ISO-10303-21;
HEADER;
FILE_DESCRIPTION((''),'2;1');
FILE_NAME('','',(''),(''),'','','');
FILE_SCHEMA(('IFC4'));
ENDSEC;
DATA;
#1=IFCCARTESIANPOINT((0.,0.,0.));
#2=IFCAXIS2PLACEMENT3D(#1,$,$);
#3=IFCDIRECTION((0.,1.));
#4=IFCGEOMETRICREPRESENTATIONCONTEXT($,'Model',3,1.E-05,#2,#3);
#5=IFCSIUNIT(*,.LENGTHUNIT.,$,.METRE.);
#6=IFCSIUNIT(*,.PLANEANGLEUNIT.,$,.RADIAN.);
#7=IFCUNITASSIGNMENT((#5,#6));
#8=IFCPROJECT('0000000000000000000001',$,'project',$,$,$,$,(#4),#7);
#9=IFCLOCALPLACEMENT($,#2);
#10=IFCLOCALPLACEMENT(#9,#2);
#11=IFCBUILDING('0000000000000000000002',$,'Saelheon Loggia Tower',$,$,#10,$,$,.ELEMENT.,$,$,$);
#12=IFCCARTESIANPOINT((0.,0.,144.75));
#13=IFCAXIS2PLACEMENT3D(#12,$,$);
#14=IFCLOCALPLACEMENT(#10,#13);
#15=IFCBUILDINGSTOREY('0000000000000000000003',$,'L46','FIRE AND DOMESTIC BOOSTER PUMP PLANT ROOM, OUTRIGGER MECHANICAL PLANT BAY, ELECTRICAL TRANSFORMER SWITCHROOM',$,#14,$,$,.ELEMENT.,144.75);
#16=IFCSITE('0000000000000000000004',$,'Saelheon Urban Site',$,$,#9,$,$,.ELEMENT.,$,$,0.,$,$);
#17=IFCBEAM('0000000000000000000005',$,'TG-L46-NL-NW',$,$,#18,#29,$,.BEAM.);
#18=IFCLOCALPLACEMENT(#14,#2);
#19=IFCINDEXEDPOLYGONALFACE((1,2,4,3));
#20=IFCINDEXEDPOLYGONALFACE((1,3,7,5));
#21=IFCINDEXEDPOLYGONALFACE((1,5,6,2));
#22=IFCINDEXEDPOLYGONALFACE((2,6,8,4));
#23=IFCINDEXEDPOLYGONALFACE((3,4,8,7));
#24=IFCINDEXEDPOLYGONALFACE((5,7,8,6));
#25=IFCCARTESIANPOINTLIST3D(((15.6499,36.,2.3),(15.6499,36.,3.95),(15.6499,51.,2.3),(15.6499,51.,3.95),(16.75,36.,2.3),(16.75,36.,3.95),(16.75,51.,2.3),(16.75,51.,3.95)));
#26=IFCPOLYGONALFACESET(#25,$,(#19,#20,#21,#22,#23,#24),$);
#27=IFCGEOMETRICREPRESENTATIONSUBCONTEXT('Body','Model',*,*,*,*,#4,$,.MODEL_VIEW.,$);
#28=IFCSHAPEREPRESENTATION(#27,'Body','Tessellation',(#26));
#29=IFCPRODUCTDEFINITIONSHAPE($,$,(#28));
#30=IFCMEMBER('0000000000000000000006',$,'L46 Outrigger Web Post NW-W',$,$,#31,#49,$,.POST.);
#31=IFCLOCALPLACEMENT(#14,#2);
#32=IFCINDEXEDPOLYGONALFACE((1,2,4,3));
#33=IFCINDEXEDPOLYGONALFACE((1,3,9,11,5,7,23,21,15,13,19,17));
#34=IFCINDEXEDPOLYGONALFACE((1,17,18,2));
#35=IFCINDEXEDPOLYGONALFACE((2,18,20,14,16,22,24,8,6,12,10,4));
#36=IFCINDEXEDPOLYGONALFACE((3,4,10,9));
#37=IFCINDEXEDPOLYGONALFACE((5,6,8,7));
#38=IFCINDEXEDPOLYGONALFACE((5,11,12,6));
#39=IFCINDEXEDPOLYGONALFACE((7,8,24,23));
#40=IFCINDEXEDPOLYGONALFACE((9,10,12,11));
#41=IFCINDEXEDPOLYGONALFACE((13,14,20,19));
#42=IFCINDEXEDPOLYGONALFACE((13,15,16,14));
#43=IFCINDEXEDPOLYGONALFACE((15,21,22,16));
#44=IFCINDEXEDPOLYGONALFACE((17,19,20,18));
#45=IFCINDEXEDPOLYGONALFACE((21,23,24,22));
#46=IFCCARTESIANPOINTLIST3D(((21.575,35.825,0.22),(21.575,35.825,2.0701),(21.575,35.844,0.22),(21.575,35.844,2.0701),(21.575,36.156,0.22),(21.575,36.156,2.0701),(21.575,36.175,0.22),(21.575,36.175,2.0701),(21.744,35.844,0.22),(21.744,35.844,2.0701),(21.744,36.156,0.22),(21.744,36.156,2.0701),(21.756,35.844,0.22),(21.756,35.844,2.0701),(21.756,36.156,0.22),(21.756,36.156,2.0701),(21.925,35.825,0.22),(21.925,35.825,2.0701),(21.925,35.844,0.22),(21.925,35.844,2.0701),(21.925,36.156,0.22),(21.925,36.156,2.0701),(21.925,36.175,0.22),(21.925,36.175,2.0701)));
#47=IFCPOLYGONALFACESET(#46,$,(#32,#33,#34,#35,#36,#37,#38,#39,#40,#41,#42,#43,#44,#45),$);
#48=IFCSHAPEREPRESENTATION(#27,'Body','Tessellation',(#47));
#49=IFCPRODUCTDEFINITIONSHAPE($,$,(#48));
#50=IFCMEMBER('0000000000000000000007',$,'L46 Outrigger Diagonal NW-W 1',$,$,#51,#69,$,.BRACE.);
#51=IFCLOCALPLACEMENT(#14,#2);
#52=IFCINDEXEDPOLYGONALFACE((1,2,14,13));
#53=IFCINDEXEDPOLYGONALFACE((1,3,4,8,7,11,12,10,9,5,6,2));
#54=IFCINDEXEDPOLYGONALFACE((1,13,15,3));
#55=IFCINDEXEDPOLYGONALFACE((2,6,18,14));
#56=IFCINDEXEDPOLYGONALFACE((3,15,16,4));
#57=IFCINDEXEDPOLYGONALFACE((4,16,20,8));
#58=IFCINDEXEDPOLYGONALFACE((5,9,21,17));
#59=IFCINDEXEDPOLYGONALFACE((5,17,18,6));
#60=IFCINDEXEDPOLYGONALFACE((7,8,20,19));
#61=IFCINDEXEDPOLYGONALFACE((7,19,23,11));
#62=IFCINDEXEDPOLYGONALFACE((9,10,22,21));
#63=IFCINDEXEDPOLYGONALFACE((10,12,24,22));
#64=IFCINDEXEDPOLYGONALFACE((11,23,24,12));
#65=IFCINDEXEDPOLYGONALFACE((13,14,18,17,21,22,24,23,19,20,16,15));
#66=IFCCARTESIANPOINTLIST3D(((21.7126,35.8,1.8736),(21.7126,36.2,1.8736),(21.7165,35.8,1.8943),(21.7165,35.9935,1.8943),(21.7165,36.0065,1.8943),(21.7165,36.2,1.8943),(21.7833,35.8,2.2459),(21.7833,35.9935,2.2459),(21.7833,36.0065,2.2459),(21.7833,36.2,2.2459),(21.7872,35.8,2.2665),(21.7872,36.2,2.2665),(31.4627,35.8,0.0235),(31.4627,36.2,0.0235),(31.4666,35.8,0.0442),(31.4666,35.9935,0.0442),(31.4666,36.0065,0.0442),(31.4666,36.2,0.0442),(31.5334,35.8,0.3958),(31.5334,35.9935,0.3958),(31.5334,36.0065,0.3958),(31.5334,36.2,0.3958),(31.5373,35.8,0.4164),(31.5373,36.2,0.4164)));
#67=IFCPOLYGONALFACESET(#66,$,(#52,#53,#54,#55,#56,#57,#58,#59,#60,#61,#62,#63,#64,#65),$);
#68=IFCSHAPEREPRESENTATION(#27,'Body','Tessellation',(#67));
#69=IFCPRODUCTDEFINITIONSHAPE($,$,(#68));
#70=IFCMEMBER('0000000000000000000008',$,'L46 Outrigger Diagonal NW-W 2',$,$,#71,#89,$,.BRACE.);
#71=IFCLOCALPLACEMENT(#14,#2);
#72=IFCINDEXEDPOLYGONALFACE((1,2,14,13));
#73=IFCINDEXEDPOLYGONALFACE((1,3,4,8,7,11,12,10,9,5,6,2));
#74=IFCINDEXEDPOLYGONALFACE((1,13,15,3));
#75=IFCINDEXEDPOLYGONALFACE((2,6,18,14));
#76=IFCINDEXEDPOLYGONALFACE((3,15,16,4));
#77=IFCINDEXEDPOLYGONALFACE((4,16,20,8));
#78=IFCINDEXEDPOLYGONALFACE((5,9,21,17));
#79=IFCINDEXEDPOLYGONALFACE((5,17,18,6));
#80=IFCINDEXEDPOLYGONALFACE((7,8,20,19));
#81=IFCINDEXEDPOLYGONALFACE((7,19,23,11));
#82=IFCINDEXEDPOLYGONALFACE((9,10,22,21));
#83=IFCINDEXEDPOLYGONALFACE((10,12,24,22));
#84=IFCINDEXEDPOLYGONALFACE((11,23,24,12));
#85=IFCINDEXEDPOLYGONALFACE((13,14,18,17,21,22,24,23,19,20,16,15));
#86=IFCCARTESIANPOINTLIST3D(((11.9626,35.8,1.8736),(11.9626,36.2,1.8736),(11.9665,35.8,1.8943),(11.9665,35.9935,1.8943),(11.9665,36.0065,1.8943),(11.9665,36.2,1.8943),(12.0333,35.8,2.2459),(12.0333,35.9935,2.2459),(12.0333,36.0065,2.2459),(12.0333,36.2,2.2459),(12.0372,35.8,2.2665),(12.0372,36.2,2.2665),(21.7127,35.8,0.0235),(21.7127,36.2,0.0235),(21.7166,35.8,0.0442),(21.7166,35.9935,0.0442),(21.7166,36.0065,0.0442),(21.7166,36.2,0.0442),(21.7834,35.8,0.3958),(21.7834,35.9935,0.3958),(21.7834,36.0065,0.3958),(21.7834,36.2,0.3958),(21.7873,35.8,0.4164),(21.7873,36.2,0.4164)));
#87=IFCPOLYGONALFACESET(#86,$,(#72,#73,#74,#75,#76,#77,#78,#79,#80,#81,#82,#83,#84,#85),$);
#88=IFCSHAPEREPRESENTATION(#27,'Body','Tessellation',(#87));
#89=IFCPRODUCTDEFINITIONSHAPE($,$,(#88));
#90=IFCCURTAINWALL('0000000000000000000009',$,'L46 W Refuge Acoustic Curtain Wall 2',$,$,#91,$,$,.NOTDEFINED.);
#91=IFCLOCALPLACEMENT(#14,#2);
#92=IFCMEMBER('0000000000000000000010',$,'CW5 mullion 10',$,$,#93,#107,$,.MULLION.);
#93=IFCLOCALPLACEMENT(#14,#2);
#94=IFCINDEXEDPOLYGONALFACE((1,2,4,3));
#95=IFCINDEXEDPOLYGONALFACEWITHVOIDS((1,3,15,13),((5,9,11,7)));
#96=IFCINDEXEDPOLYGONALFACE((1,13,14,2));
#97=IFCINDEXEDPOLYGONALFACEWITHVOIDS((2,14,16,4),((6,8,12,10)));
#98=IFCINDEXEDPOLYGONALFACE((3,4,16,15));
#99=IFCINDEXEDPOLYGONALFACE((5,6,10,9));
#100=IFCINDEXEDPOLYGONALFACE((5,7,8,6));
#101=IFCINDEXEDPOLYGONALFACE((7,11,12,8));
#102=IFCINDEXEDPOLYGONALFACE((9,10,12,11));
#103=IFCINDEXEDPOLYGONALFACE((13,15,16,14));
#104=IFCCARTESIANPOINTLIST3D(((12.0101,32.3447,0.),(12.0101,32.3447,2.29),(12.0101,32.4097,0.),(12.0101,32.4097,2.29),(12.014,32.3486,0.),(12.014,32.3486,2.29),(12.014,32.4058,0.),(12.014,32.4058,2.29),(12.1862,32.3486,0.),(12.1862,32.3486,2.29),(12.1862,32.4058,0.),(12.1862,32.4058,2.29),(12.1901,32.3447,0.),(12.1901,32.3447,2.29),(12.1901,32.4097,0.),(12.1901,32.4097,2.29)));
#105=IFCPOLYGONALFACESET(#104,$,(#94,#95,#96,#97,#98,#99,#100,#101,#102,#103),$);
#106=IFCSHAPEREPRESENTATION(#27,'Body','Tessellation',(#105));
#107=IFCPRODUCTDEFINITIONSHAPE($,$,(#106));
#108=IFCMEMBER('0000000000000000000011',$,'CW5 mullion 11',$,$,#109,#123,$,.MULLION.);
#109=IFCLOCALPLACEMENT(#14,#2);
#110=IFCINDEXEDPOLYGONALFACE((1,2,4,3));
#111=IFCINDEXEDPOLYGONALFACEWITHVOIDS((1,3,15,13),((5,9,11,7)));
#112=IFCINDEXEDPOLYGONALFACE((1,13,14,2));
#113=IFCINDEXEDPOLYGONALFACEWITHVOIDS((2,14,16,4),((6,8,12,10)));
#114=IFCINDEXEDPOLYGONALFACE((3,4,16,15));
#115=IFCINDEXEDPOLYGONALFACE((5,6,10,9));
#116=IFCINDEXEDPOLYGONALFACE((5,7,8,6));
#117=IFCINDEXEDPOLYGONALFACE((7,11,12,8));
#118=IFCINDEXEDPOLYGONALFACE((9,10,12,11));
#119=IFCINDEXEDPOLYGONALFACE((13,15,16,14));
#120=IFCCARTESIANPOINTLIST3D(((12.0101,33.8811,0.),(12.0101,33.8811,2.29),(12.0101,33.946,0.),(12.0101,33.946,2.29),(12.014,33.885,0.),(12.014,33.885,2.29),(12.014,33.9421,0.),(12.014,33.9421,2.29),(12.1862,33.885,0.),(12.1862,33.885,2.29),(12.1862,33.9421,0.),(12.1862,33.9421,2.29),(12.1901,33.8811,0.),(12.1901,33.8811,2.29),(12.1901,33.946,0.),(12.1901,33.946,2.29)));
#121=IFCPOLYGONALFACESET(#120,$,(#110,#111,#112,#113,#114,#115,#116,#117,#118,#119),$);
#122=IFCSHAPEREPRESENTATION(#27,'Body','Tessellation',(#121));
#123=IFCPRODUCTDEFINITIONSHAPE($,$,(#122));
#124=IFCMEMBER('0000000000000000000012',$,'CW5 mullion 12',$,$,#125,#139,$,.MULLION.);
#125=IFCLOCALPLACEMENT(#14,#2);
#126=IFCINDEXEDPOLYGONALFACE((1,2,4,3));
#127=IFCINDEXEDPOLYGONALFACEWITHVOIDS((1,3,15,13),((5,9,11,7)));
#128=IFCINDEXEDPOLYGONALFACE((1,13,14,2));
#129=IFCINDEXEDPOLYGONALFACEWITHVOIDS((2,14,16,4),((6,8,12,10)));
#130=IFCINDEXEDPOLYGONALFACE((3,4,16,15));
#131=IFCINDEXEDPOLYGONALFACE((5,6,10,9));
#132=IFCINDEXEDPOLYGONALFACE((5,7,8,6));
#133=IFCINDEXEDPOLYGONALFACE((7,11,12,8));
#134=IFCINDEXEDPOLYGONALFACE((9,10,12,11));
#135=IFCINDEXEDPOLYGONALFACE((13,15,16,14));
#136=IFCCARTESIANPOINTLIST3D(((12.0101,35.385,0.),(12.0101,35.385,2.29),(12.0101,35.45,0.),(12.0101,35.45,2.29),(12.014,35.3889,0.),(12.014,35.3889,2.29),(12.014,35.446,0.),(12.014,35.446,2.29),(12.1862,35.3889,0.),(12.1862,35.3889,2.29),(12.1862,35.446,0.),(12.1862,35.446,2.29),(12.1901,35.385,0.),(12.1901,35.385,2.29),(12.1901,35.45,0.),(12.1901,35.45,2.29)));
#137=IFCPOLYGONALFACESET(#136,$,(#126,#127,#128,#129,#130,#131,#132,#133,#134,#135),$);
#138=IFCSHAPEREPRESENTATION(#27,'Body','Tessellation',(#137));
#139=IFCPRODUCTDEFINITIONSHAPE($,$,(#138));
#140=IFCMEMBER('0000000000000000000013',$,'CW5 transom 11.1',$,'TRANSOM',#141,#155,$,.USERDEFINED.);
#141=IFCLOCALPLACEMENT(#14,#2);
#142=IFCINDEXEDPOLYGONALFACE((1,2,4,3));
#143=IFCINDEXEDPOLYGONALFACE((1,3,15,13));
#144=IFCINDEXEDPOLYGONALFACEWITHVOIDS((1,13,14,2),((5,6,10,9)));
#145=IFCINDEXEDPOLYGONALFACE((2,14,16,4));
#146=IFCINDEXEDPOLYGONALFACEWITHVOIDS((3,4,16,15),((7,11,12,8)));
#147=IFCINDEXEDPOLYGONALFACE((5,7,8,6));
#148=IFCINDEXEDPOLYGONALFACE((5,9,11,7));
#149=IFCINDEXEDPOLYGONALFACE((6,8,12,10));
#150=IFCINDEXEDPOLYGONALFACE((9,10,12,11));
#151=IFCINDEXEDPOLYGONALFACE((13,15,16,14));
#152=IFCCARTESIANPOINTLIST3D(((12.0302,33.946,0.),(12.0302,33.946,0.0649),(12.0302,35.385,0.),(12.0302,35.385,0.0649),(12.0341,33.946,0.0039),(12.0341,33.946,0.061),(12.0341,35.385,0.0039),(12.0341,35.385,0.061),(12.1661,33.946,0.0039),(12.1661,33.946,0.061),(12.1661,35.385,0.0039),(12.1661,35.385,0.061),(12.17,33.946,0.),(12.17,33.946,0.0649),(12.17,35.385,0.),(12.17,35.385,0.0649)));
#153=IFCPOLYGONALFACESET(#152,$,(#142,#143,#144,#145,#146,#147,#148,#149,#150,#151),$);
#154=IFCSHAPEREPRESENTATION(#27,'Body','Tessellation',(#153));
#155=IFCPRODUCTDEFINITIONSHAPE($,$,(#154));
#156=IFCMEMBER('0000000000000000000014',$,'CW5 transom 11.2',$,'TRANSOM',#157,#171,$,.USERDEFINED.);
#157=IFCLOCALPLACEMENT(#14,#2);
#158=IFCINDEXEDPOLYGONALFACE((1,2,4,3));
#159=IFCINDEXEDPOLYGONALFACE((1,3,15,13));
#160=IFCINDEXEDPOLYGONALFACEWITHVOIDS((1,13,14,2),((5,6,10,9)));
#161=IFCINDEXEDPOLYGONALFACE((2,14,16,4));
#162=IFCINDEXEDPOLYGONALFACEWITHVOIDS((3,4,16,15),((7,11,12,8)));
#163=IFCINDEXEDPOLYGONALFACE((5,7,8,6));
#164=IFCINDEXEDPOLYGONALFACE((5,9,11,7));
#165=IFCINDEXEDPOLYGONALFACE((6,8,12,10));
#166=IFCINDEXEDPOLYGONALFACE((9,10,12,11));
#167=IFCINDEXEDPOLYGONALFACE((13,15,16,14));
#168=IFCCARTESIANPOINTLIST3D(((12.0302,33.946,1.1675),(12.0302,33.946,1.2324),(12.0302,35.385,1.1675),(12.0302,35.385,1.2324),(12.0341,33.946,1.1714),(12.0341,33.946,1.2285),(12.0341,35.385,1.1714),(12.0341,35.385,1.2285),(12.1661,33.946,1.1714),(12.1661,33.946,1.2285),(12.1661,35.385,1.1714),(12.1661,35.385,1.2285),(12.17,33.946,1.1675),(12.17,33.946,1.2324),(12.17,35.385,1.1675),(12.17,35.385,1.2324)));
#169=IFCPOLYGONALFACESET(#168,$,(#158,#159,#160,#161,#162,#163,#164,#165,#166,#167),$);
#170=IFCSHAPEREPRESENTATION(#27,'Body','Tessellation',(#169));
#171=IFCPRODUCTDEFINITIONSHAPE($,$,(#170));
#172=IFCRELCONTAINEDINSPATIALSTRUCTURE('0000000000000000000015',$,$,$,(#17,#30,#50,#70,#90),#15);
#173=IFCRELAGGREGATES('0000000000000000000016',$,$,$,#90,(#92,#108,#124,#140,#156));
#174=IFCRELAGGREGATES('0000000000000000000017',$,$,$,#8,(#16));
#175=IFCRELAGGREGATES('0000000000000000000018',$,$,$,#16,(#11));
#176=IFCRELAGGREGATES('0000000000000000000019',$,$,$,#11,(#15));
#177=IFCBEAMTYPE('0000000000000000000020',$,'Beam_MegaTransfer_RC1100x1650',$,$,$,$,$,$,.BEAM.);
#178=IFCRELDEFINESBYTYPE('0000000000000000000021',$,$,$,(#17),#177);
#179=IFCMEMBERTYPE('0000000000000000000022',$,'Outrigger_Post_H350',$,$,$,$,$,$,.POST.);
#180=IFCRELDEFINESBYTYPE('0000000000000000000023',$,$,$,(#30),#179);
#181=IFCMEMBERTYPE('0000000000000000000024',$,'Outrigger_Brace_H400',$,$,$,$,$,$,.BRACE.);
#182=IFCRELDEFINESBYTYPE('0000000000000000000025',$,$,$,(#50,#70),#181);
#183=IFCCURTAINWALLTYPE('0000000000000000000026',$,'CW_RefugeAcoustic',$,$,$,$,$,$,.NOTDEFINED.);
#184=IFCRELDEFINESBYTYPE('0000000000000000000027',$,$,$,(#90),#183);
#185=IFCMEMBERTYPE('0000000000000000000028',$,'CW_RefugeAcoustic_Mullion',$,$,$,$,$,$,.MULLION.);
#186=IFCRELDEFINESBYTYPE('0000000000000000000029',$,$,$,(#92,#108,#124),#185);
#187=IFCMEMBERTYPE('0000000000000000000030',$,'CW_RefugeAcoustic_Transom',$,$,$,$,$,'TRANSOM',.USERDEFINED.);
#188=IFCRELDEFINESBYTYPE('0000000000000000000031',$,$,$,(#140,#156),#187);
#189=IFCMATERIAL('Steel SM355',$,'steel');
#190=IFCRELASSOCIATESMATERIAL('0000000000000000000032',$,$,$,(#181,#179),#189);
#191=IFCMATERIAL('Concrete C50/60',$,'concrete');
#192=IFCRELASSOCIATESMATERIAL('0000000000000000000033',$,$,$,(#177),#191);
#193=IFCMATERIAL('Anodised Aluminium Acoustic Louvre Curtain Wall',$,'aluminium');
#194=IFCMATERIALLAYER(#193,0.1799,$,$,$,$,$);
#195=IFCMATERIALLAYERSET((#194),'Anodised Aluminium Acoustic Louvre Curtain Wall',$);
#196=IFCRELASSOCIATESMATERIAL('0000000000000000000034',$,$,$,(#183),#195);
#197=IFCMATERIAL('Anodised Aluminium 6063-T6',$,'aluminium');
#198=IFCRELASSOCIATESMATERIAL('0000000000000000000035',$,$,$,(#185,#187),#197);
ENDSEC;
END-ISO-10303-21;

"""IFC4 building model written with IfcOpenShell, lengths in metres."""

from ifc_helpers import new_model, si_unit, direction, frame, origin, origin_2d, place, context, subcontext, project, spatial, rectangle, hollow_rectangle, i_section, extrude, source, transform, mapped, material, layer, layer_set, material_profile, profile_set, type_object, element, aggregate, save


model = new_model("IFC4")

# Units and contexts
model_context = context("Model", 3, precision=1e-05, world=origin(), true_north=direction((0.0, 1.0)))
body_context = subcontext(model_context, "Body", "Model", "MODEL_VIEW")
ifc_project = project(units=[si_unit("LENGTHUNIT", "METRE"), si_unit("PLANEANGLEUNIT", "RADIAN")], contexts=[model_context])

# Site, building, storey
site_placement = place(None, origin())
site = spatial("IfcSite", under=ifc_project, at=site_placement, Name="Saelheon Urban Site", CompositionType="ELEMENT", RefElevation=0.0)
building_placement = place(site_placement, origin())
building = spatial("IfcBuilding", under=site, at=building_placement, Name="Saelheon Loggia Tower", CompositionType="ELEMENT")
storey_placement = place(building_placement, frame((0.0, 0.0, 144.75)))
storey = spatial("IfcBuildingStorey", under=building, at=storey_placement, Name="L46", Description="FIRE AND DOMESTIC BOOSTER PUMP PLANT ROOM, OUTRIGGER MECHANICAL PLANT BAY, ELECTRICAL TRANSFORMER SWITCHROOM", CompositionType="ELEMENT", Elevation=144.75)

# Shared definitions
ifc_material_1 = material(Name="Concrete C50/60", Category="concrete")

# Shared definitions
ifc_material_2 = material(Name="Steel SM355", Category="steel")
ifc_material_profile_1 = material_profile(ifc_material_2, i_section(OverallWidth=0.3999, OverallDepth=0.3999, WebThickness=0.0129, FlangeThickness=0.021, at=origin_2d()), Name="H-400x400x13x21")
ifc_profile_set_1 = profile_set([ifc_material_profile_1], Name="Steel SM355")
member_type_1 = type_object("IfcMemberType", Name="Outrigger_Brace_H400", PredefinedType="BRACE", material=ifc_profile_set_1)

# Beam
ifc_material_profile_2 = material_profile(ifc_material_1, rectangle(XDim=1.1001, YDim=1.6499, at=origin_2d()), Name="RC-1100x1650")
ifc_profile_set_2 = profile_set([ifc_material_profile_2], Name="Concrete C50/60")
beam_type_1 = type_object("IfcBeamType", Name="Beam_MegaTransfer_RC1100x1650", PredefinedType="BEAM", material=ifc_profile_set_2)
shared_shape_1 = source(origin(), body_context, "Body", "SweptSolid", [
    extrude(rectangle(XDim=1.1001, YDim=1.6499, at=origin_2d()), origin(), (0.0, 0.0, 1.0), 15.0),
])
beam_placement = place(storey_placement, frame((16.2, 36.0, 3.125), z_axis=(0.0, 1.0, 0.0), x_axis=(-1.0, 0.0, 0.0)))
element("IfcBeam", 1, at=beam_placement, inside=storey, type_object=beam_type_1, Name="TG-L46-NL-NW", PredefinedType="BEAM", context=body_context, shape_type="MappedRepresentation", body=[
    mapped(shared_shape_1, transform((0.0, 0.0, 0.0), scale=1.0)),
])

# Members
ifc_material_profile_3 = material_profile(ifc_material_2, i_section(OverallWidth=0.3501, OverallDepth=0.3501, WebThickness=0.012, FlangeThickness=0.019, at=origin_2d()), Name="H-350x350x12x19")
ifc_profile_set_3 = profile_set([ifc_material_profile_3], Name="Steel SM355")
member_type_2 = type_object("IfcMemberType", Name="Outrigger_Post_H350", PredefinedType="POST", material=ifc_profile_set_3)
shared_shape_2 = source(origin(), body_context, "Body", "SweptSolid", [
    extrude(i_section(OverallWidth=0.3501, OverallDepth=0.3501, WebThickness=0.012, FlangeThickness=0.019, at=origin_2d()), origin(), (0.0, 0.0, 1.0), 1.8501),
])
member_1_placement = place(storey_placement, frame((21.75, 36.0, 0.22), z_axis=(0.0, 0.0, 1.0), x_axis=(1.0, 0.0, 0.0)))
element("IfcMember", 2, at=member_1_placement, inside=storey, type_object=member_type_2, Name="L46 Outrigger Web Post NW-W", PredefinedType="POST", context=body_context, shape_type="MappedRepresentation", body=[
    mapped(shared_shape_2, transform((0.0, 0.0, 0.0), scale=1.0)),
])
shared_shape_3 = source(origin(), body_context, "Body", "SweptSolid", [
    extrude(i_section(OverallWidth=0.3999, OverallDepth=0.3999, WebThickness=0.0129, FlangeThickness=0.021, at=origin_2d()), origin(), (0.0, 0.0, 1.0), 9.9241),
])
for number, where, z_axis, x_axis, name in (
    (3, (31.5, 36.0, 0.22), (-0.982469, 0.0, 0.186427), (0.0, -1.0, 0.0), "L46 Outrigger Diagonal NW-W 1"),
    (4, (21.75, 36.0, 0.22), (-0.982469, 0.0, 0.186427), (0.0, -1.0, 0.0), "L46 Outrigger Diagonal NW-W 2"),
):
    element("IfcMember", number, at=place(storey_placement, frame(where, z_axis=z_axis, x_axis=x_axis)), inside=storey, type_object=member_type_1, Name=name, PredefinedType="BRACE", context=body_context, shape_type="MappedRepresentation", body=[
        mapped(shared_shape_3, transform((0.0, 0.0, 0.0), scale=1.0)),
    ])

# Curtain wall, members
ifc_material_3 = material(Name="Anodised Aluminium Acoustic Louvre Curtain Wall", Category="aluminium")
ifc_layer_1 = layer(ifc_material_3, 0.1799)
ifc_layer_set_1 = layer_set([ifc_layer_1], Name="Anodised Aluminium Acoustic Louvre Curtain Wall")
curtain_wall_type = type_object("IfcCurtainWallType", Name="CW_RefugeAcoustic", PredefinedType="NOTDEFINED", material=ifc_layer_set_1)
curtain_wall_placement = place(storey_placement, origin())
curtain_wall = element("IfcCurtainWall", 5, at=curtain_wall_placement, inside=storey, type_object=curtain_wall_type, Name="L46 W Refuge Acoustic Curtain Wall 2", PredefinedType="NOTDEFINED")
ifc_material_4 = material(Name="Anodised Aluminium 6063-T6", Category="aluminium")
ifc_material_profile_4 = material_profile(ifc_material_4, hollow_rectangle(XDim=0.0649, YDim=0.1799, WallThickness=0.0039, at=origin_2d()), Name="RHS-180x65x4")
ifc_profile_set_4 = profile_set([ifc_material_profile_4], Name="Anodised Aluminium 6063-T6")
member_type_3 = type_object("IfcMemberType", Name="CW_RefugeAcoustic_Mullion", PredefinedType="MULLION", material=ifc_profile_set_4)
shared_shape_4 = source(origin(), body_context, "Body", "SweptSolid", [
    extrude(hollow_rectangle(XDim=0.0649, YDim=0.1799, WallThickness=0.0039, at=origin_2d()), origin(), (0.0, 0.0, 1.0), 2.29),
])
member_2_placement = place(storey_placement, frame((12.1001, 32.3772, 0.0), z_axis=(0.0, 0.0, 1.0), x_axis=(0.0, 1.0, 0.0)))
member_2 = element("IfcMember", 6, at=member_2_placement, type_object=member_type_3, Name="CW5 mullion 10", PredefinedType="MULLION", context=body_context, shape_type="MappedRepresentation", body=[
    mapped(shared_shape_4, transform((0.0, 0.0, 0.0), scale=1.0)),
])
member_3_placement = place(storey_placement, frame((12.1001, 33.9136, 0.0), z_axis=(0.0, 0.0, 1.0), x_axis=(0.0, 1.0, 0.0)))
member_3 = element("IfcMember", 7, at=member_3_placement, type_object=member_type_3, Name="CW5 mullion 11", PredefinedType="MULLION", context=body_context, shape_type="MappedRepresentation", body=[
    mapped(shared_shape_4, transform((0.0, 0.0, 0.0), scale=1.0)),
])
member_4_placement = place(storey_placement, frame((12.1001, 35.4175, 0.0), z_axis=(0.0, 0.0, 1.0), x_axis=(0.0, 1.0, 0.0)))
member_4 = element("IfcMember", 8, at=member_4_placement, type_object=member_type_3, Name="CW5 mullion 12", PredefinedType="MULLION", context=body_context, shape_type="MappedRepresentation", body=[
    mapped(shared_shape_4, transform((0.0, 0.0, 0.0), scale=1.0)),
])
ifc_material_profile_5 = material_profile(ifc_material_4, hollow_rectangle(XDim=0.0649, YDim=0.1399, WallThickness=0.0039, at=origin_2d()), Name="RHS-140x65x4")
ifc_profile_set_5 = profile_set([ifc_material_profile_5], Name="Anodised Aluminium 6063-T6")
member_type_4 = type_object("IfcMemberType", Name="CW_RefugeAcoustic_Transom", ElementType="TRANSOM", PredefinedType="USERDEFINED", material=ifc_profile_set_5)
shared_shape_5 = source(origin(), body_context, "Body", "SweptSolid", [
    extrude(hollow_rectangle(XDim=0.0649, YDim=0.1399, WallThickness=0.0039, at=origin_2d()), origin(), (0.0, 0.0, 1.0), 1.439),
])
member_5_placement = place(storey_placement, frame((12.1001, 33.946, 0.0325), z_axis=(0.0, 1.0, 0.0), x_axis=(0.0, 0.0, 1.0)))
member_5 = element("IfcMember", 9, at=member_5_placement, type_object=member_type_4, Name="CW5 transom 11.1", ObjectType="TRANSOM", PredefinedType="USERDEFINED", context=body_context, shape_type="MappedRepresentation", body=[
    mapped(shared_shape_5, transform((0.0, 0.0, 0.0), scale=1.0)),
])
member_6_placement = place(storey_placement, frame((12.1001, 33.946, 1.2), z_axis=(0.0, 1.0, 0.0), x_axis=(0.0, 0.0, 1.0)))
member_6 = element("IfcMember", 10, at=member_6_placement, type_object=member_type_4, Name="CW5 transom 11.2", ObjectType="TRANSOM", PredefinedType="USERDEFINED", context=body_context, shape_type="MappedRepresentation", body=[
    mapped(shared_shape_5, transform((0.0, 0.0, 0.0), scale=1.0)),
])

aggregate(curtain_wall, [member_2, member_3, member_4, member_5, member_6])

save(model, "model.ifc")
